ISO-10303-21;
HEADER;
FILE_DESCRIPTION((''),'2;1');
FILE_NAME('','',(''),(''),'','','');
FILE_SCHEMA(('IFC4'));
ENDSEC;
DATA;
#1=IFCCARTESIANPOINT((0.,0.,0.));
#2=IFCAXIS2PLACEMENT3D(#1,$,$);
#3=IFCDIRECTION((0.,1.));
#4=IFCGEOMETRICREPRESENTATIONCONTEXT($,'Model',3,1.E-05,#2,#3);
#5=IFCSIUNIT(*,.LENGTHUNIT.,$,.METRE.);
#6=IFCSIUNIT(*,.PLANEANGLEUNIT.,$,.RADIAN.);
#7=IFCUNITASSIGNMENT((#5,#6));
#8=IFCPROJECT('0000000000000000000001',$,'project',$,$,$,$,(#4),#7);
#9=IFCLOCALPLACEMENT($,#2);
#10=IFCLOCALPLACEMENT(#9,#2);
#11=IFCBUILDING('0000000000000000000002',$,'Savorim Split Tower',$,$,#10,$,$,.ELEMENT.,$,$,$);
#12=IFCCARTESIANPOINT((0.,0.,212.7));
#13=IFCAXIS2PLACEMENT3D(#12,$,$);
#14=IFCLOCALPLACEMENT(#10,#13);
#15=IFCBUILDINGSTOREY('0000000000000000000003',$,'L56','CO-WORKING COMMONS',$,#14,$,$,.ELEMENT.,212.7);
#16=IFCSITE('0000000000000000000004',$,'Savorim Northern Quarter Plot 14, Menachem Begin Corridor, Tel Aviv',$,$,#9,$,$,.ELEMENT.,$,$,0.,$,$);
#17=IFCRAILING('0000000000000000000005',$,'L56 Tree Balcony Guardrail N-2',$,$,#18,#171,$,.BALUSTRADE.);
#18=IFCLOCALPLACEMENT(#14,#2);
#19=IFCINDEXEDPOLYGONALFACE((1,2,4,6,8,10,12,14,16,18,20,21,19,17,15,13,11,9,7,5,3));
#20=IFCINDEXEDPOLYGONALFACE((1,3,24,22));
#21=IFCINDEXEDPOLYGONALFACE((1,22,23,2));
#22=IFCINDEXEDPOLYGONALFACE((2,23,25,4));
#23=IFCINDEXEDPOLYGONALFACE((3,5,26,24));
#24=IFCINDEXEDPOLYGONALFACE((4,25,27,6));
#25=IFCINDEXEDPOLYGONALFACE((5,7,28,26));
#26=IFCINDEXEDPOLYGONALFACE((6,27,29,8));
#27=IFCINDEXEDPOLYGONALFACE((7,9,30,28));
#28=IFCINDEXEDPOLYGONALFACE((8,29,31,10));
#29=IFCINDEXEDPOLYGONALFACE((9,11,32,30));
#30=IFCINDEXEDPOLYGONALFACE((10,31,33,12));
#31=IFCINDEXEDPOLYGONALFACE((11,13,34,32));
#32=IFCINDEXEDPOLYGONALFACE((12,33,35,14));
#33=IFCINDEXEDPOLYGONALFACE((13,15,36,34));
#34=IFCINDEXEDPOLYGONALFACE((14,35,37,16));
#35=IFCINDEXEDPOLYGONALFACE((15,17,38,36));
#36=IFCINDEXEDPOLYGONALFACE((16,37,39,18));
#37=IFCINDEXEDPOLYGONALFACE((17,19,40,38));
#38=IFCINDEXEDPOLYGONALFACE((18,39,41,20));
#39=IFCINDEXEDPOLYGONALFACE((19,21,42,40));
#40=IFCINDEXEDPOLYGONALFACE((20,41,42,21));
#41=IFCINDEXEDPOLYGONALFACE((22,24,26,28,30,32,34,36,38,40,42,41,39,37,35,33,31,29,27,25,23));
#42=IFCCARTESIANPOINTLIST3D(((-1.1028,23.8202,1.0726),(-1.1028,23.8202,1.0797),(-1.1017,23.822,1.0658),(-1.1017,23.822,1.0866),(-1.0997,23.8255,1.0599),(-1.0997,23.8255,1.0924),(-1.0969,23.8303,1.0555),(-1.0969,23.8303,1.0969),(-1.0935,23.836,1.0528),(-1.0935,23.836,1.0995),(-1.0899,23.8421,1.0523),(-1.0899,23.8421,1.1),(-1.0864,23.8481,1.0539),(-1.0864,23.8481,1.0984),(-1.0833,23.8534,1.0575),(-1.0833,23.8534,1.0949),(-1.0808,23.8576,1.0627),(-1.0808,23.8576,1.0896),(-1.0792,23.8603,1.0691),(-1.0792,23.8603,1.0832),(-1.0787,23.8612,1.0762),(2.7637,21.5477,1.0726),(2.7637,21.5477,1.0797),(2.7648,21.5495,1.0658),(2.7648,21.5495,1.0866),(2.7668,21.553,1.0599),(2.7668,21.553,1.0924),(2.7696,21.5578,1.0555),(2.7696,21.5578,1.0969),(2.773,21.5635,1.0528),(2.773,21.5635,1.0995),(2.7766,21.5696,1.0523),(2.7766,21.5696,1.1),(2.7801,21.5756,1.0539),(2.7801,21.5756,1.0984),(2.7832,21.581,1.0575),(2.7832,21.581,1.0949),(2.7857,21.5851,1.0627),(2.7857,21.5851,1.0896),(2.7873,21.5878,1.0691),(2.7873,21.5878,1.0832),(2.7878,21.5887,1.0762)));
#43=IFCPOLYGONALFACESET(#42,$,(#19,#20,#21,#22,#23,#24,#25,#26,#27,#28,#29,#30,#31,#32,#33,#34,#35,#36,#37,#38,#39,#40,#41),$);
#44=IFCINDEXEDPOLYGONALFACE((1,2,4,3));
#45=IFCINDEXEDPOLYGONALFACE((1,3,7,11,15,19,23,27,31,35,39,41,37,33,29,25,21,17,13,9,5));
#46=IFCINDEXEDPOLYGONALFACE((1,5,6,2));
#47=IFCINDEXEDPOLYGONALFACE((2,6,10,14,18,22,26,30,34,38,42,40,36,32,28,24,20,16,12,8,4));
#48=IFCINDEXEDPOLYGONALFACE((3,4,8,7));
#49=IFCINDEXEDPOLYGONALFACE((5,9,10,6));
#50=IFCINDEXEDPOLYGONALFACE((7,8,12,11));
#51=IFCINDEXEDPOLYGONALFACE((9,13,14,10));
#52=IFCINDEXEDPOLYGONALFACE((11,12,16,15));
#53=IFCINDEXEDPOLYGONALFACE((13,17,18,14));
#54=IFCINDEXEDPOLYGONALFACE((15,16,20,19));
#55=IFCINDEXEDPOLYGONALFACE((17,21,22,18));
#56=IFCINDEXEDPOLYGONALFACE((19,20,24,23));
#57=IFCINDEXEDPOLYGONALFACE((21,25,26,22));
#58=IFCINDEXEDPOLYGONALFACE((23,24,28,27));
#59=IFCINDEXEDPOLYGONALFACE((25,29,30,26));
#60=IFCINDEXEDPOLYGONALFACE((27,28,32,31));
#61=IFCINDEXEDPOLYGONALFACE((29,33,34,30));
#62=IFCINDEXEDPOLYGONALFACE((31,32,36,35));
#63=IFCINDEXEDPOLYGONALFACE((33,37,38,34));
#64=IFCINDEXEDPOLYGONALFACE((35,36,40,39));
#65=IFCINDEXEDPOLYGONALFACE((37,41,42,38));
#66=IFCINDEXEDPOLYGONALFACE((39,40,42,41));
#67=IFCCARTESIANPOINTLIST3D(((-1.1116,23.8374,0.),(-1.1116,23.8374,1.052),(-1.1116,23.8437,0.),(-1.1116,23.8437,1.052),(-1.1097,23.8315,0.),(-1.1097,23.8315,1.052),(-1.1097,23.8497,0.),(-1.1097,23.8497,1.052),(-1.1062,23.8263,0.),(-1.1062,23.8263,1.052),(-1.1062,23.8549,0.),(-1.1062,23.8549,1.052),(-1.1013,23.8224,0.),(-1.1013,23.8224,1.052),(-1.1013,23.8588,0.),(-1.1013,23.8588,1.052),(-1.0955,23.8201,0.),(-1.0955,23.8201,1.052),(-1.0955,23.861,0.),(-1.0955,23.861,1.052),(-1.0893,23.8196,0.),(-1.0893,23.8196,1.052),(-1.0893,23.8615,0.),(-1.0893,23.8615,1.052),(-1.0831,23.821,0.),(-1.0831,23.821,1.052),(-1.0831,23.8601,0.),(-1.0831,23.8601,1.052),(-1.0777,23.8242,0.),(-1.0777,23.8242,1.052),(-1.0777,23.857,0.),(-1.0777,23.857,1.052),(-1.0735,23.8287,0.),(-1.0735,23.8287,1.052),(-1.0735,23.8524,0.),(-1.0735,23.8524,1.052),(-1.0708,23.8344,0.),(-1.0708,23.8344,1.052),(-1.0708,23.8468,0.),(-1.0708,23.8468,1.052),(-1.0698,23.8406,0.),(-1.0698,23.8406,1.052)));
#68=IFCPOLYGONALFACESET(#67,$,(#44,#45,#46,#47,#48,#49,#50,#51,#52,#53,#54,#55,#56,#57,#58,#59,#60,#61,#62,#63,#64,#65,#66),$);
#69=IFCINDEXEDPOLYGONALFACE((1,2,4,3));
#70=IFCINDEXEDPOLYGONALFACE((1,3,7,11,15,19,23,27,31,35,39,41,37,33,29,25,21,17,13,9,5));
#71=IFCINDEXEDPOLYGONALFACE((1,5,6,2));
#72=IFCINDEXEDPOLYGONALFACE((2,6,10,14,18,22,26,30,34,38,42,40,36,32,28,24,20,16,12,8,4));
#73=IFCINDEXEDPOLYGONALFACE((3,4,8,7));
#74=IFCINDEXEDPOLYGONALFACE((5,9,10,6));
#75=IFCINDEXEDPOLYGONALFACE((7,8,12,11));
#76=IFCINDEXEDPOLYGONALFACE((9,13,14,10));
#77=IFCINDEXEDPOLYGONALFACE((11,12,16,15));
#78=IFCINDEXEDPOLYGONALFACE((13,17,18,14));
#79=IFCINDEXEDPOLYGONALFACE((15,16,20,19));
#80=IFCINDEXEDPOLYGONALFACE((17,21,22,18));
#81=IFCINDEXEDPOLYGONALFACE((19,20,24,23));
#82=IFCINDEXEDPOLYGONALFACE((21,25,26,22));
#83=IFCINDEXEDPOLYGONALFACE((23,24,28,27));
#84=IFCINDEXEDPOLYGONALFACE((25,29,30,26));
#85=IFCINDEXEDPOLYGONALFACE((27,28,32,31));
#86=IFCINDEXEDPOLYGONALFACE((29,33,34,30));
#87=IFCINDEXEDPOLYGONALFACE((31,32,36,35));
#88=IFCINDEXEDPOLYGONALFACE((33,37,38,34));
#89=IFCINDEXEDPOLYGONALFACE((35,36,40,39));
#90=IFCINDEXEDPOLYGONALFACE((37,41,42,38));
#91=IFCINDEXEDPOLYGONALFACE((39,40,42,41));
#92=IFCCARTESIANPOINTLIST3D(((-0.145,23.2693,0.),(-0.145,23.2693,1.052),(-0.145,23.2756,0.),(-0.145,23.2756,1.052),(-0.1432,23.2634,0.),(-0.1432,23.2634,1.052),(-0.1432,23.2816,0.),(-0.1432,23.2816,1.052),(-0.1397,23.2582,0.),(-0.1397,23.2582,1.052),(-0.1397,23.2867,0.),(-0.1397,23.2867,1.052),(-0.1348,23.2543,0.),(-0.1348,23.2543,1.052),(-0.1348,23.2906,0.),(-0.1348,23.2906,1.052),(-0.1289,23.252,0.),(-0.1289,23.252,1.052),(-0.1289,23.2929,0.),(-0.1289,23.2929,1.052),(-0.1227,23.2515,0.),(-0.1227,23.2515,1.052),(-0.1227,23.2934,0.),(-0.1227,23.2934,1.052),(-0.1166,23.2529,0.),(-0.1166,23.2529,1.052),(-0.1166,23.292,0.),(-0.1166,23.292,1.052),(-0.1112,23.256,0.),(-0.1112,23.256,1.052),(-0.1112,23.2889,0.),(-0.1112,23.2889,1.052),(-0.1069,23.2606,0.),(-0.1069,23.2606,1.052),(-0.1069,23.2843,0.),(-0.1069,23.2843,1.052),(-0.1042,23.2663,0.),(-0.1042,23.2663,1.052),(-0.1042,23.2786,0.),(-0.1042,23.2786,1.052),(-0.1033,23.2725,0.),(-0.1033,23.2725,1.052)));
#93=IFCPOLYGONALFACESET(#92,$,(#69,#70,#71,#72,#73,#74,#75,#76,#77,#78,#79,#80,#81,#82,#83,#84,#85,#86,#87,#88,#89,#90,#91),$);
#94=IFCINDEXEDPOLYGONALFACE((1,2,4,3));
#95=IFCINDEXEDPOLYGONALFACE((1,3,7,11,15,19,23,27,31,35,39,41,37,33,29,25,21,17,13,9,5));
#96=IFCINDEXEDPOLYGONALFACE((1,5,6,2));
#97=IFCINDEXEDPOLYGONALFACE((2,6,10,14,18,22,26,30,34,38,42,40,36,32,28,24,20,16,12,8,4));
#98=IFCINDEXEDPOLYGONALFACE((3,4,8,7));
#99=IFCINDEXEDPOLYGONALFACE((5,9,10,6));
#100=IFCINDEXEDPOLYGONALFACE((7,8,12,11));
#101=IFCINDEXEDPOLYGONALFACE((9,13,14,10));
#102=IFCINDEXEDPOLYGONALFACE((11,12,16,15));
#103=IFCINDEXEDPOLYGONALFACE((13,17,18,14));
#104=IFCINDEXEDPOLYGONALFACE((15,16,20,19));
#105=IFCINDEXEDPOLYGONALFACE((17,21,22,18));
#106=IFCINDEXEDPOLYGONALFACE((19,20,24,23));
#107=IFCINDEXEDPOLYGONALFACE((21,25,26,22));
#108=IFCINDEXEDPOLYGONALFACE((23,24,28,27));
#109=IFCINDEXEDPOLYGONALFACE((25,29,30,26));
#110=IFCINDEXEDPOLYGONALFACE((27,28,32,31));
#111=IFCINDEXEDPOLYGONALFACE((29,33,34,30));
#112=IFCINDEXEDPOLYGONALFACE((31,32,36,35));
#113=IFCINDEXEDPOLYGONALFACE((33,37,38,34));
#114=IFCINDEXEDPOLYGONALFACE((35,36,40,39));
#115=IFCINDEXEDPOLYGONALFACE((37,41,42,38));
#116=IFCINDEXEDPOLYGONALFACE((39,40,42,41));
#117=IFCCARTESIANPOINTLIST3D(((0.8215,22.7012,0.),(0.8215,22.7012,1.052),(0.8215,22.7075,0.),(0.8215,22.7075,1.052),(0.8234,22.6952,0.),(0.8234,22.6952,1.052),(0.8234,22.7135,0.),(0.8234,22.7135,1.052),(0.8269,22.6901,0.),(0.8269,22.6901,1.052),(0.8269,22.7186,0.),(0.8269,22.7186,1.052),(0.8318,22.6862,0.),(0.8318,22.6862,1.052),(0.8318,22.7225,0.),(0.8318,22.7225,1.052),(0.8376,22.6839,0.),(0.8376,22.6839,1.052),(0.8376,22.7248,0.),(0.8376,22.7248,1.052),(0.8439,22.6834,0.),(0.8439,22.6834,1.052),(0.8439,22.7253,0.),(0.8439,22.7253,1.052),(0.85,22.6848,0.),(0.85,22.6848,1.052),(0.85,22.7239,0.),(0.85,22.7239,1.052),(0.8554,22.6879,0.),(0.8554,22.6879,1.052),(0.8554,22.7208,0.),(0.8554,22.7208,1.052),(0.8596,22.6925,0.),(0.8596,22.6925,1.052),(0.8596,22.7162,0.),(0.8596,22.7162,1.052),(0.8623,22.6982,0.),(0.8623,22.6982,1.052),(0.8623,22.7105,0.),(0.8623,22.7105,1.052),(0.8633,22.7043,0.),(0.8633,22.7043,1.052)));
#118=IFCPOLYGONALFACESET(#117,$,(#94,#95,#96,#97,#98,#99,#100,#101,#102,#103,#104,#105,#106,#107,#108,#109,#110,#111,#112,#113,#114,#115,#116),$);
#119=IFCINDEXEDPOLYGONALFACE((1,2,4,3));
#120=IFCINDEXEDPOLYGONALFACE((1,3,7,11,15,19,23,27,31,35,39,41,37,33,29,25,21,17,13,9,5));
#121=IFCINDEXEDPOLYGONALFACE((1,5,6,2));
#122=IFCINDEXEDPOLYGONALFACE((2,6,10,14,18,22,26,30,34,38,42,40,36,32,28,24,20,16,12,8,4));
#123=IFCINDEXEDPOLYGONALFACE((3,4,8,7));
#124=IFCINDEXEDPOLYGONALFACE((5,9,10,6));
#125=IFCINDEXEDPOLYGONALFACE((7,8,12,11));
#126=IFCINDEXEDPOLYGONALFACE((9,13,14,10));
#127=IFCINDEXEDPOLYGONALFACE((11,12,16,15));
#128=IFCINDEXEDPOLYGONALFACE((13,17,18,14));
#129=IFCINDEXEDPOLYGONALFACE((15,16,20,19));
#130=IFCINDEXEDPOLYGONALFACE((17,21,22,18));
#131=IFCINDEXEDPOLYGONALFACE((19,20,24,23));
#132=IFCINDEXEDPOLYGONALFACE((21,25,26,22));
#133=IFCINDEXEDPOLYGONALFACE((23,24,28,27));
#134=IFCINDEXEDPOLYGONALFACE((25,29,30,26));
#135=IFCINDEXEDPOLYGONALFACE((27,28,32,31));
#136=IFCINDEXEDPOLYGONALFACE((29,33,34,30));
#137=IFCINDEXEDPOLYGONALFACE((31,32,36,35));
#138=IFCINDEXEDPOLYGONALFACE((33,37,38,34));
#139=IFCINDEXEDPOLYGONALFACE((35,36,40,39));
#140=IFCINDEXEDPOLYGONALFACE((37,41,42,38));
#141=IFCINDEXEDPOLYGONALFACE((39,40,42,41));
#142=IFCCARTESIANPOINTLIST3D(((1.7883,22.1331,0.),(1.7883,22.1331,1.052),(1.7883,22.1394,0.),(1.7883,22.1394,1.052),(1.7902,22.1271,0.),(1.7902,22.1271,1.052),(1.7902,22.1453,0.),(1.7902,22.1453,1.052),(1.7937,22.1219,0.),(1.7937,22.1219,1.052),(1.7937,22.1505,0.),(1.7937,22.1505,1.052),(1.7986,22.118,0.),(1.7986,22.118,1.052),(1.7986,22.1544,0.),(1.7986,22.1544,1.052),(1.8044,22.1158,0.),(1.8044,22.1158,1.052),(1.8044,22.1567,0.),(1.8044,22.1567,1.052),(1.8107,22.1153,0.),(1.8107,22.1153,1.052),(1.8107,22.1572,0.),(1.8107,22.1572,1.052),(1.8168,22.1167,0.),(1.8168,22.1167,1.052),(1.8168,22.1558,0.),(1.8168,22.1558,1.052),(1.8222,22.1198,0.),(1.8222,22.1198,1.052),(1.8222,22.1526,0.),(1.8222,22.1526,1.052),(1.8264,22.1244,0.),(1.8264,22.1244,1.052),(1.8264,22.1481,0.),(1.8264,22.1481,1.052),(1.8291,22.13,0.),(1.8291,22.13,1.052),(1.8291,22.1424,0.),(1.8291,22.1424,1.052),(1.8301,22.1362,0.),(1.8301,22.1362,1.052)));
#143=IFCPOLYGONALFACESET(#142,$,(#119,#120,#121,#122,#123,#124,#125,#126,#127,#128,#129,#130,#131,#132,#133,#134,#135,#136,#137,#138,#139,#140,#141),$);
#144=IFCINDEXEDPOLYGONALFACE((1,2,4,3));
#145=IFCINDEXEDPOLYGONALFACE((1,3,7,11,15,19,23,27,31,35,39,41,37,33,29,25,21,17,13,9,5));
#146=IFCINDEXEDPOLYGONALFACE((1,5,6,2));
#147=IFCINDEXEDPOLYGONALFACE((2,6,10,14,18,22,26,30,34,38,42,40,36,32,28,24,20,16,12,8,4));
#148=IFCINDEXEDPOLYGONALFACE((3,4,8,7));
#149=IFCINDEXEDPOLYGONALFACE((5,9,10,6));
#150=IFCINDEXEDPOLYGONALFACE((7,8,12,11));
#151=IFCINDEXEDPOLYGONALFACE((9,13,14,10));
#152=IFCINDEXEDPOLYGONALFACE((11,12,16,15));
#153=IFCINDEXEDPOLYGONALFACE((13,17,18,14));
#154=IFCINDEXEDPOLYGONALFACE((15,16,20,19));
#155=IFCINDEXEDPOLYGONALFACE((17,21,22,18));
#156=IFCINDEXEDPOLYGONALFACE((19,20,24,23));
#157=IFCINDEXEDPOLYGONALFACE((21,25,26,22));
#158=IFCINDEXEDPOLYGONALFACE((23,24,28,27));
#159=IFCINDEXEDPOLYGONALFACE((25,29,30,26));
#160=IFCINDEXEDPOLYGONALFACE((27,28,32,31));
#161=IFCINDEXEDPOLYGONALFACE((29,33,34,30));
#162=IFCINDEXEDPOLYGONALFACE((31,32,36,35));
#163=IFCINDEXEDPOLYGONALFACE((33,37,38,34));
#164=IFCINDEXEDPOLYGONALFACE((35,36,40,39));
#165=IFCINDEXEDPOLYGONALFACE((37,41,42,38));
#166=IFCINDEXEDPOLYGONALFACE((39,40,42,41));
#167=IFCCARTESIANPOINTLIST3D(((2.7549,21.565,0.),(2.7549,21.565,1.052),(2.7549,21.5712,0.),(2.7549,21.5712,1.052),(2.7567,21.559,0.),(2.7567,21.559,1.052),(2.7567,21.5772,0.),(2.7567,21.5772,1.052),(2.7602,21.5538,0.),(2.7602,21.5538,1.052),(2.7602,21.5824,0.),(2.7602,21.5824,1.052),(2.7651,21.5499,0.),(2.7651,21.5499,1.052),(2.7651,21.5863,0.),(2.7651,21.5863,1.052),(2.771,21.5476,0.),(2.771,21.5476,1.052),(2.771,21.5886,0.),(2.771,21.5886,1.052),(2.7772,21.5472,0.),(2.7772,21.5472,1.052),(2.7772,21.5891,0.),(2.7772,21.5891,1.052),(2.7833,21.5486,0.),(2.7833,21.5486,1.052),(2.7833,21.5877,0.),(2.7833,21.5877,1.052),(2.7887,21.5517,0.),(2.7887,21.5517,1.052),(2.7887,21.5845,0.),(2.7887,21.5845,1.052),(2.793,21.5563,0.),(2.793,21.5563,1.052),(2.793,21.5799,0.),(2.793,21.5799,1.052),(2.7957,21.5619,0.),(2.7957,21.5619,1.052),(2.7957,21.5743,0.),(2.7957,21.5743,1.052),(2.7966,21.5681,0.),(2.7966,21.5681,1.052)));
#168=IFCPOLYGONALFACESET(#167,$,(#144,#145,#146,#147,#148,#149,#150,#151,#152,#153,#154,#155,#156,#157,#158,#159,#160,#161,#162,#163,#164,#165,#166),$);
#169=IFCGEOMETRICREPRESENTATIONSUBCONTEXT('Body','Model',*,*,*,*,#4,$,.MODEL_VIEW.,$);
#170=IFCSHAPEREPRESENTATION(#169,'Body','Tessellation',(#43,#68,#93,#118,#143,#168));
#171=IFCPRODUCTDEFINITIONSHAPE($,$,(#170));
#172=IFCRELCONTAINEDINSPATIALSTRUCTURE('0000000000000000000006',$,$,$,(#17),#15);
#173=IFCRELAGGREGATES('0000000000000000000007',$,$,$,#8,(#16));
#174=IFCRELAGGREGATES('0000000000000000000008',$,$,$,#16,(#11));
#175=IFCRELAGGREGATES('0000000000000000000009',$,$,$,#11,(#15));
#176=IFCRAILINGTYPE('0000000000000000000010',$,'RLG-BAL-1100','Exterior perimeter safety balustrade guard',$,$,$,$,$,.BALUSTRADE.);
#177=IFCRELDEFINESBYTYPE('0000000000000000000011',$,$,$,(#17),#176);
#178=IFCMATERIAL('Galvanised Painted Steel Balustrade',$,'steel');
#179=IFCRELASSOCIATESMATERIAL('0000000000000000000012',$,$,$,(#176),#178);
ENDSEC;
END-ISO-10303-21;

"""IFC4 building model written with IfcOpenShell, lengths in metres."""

from ifc_helpers import new_model, si_unit, direction, frame, origin, origin_2d, place, context, subcontext, project, spatial, circle, extrude, material, type_object, element, save


model = new_model("IFC4")

# Units and contexts
model_context = context("Model", 3, precision=1e-05, world=origin(), true_north=direction((0.0, 1.0)))
body_context = subcontext(model_context, "Body", "Model", "MODEL_VIEW")
ifc_project = project(units=[si_unit("LENGTHUNIT", "METRE"), si_unit("PLANEANGLEUNIT", "RADIAN")], contexts=[model_context])

# Site, building, storey
site_placement = place(None, origin())
site = spatial("IfcSite", under=ifc_project, at=site_placement, Name="Savorim Northern Quarter Plot 14, Menachem Begin Corridor, Tel Aviv", CompositionType="ELEMENT", RefElevation=0.0)
building_placement = place(site_placement, origin())
building = spatial("IfcBuilding", under=site, at=building_placement, Name="Savorim Split Tower", CompositionType="ELEMENT")
storey_placement = place(building_placement, frame((0.0, 0.0, 212.7)))
storey = spatial("IfcBuildingStorey", under=building, at=storey_placement, Name="L56", Description="CO-WORKING COMMONS", CompositionType="ELEMENT", Elevation=212.7)

# Railing
ifc_material_1 = material(Name="Galvanised Painted Steel Balustrade", Category="steel")
railing_type = type_object("IfcRailingType", Name="RLG-BAL-1100", Description="Exterior perimeter safety balustrade guard", PredefinedType="BALUSTRADE", material=ifc_material_1)
railing_1_placement = place(storey_placement, frame((-1.0908, 23.8406, 0.0)))
element("IfcRailing", 1, at=railing_1_placement, inside=storey, type_object=railing_type, Name="L56 Tree Balcony Guardrail N-2", PredefinedType="BALUSTRADE", context=body_context, shape_type="SweptSolid", body=[
    extrude(circle(Radius=0.0239, at=origin_2d()), frame((0.0, 0.0, 1.0762), z_axis=(0.862122, -0.506701, 0.0), x_axis=(0.506701, 0.862122, 0.0)), (0.0, 0.0, 1.0), 4.4849),
    extrude(circle(Radius=0.021, at=origin_2d()), origin(), (0.0, 0.0, 1.0), 1.052),
    extrude(circle(Radius=0.021, at=origin_2d()), frame((0.9666, -0.5681, 0.0)), (0.0, 0.0, 1.0), 1.052),
    extrude(circle(Radius=0.021, at=origin_2d()), frame((1.9331, -1.1362, 0.0)), (0.0, 0.0, 1.0), 1.052),
    extrude(circle(Radius=0.021, at=origin_2d()), frame((2.8999, -1.7043, 0.0)), (0.0, 0.0, 1.0), 1.052),
    extrude(circle(Radius=0.021, at=origin_2d()), frame((3.8665, -2.2725, 0.0)), (0.0, 0.0, 1.0), 1.052),
])

save(model, "model.ifc")
